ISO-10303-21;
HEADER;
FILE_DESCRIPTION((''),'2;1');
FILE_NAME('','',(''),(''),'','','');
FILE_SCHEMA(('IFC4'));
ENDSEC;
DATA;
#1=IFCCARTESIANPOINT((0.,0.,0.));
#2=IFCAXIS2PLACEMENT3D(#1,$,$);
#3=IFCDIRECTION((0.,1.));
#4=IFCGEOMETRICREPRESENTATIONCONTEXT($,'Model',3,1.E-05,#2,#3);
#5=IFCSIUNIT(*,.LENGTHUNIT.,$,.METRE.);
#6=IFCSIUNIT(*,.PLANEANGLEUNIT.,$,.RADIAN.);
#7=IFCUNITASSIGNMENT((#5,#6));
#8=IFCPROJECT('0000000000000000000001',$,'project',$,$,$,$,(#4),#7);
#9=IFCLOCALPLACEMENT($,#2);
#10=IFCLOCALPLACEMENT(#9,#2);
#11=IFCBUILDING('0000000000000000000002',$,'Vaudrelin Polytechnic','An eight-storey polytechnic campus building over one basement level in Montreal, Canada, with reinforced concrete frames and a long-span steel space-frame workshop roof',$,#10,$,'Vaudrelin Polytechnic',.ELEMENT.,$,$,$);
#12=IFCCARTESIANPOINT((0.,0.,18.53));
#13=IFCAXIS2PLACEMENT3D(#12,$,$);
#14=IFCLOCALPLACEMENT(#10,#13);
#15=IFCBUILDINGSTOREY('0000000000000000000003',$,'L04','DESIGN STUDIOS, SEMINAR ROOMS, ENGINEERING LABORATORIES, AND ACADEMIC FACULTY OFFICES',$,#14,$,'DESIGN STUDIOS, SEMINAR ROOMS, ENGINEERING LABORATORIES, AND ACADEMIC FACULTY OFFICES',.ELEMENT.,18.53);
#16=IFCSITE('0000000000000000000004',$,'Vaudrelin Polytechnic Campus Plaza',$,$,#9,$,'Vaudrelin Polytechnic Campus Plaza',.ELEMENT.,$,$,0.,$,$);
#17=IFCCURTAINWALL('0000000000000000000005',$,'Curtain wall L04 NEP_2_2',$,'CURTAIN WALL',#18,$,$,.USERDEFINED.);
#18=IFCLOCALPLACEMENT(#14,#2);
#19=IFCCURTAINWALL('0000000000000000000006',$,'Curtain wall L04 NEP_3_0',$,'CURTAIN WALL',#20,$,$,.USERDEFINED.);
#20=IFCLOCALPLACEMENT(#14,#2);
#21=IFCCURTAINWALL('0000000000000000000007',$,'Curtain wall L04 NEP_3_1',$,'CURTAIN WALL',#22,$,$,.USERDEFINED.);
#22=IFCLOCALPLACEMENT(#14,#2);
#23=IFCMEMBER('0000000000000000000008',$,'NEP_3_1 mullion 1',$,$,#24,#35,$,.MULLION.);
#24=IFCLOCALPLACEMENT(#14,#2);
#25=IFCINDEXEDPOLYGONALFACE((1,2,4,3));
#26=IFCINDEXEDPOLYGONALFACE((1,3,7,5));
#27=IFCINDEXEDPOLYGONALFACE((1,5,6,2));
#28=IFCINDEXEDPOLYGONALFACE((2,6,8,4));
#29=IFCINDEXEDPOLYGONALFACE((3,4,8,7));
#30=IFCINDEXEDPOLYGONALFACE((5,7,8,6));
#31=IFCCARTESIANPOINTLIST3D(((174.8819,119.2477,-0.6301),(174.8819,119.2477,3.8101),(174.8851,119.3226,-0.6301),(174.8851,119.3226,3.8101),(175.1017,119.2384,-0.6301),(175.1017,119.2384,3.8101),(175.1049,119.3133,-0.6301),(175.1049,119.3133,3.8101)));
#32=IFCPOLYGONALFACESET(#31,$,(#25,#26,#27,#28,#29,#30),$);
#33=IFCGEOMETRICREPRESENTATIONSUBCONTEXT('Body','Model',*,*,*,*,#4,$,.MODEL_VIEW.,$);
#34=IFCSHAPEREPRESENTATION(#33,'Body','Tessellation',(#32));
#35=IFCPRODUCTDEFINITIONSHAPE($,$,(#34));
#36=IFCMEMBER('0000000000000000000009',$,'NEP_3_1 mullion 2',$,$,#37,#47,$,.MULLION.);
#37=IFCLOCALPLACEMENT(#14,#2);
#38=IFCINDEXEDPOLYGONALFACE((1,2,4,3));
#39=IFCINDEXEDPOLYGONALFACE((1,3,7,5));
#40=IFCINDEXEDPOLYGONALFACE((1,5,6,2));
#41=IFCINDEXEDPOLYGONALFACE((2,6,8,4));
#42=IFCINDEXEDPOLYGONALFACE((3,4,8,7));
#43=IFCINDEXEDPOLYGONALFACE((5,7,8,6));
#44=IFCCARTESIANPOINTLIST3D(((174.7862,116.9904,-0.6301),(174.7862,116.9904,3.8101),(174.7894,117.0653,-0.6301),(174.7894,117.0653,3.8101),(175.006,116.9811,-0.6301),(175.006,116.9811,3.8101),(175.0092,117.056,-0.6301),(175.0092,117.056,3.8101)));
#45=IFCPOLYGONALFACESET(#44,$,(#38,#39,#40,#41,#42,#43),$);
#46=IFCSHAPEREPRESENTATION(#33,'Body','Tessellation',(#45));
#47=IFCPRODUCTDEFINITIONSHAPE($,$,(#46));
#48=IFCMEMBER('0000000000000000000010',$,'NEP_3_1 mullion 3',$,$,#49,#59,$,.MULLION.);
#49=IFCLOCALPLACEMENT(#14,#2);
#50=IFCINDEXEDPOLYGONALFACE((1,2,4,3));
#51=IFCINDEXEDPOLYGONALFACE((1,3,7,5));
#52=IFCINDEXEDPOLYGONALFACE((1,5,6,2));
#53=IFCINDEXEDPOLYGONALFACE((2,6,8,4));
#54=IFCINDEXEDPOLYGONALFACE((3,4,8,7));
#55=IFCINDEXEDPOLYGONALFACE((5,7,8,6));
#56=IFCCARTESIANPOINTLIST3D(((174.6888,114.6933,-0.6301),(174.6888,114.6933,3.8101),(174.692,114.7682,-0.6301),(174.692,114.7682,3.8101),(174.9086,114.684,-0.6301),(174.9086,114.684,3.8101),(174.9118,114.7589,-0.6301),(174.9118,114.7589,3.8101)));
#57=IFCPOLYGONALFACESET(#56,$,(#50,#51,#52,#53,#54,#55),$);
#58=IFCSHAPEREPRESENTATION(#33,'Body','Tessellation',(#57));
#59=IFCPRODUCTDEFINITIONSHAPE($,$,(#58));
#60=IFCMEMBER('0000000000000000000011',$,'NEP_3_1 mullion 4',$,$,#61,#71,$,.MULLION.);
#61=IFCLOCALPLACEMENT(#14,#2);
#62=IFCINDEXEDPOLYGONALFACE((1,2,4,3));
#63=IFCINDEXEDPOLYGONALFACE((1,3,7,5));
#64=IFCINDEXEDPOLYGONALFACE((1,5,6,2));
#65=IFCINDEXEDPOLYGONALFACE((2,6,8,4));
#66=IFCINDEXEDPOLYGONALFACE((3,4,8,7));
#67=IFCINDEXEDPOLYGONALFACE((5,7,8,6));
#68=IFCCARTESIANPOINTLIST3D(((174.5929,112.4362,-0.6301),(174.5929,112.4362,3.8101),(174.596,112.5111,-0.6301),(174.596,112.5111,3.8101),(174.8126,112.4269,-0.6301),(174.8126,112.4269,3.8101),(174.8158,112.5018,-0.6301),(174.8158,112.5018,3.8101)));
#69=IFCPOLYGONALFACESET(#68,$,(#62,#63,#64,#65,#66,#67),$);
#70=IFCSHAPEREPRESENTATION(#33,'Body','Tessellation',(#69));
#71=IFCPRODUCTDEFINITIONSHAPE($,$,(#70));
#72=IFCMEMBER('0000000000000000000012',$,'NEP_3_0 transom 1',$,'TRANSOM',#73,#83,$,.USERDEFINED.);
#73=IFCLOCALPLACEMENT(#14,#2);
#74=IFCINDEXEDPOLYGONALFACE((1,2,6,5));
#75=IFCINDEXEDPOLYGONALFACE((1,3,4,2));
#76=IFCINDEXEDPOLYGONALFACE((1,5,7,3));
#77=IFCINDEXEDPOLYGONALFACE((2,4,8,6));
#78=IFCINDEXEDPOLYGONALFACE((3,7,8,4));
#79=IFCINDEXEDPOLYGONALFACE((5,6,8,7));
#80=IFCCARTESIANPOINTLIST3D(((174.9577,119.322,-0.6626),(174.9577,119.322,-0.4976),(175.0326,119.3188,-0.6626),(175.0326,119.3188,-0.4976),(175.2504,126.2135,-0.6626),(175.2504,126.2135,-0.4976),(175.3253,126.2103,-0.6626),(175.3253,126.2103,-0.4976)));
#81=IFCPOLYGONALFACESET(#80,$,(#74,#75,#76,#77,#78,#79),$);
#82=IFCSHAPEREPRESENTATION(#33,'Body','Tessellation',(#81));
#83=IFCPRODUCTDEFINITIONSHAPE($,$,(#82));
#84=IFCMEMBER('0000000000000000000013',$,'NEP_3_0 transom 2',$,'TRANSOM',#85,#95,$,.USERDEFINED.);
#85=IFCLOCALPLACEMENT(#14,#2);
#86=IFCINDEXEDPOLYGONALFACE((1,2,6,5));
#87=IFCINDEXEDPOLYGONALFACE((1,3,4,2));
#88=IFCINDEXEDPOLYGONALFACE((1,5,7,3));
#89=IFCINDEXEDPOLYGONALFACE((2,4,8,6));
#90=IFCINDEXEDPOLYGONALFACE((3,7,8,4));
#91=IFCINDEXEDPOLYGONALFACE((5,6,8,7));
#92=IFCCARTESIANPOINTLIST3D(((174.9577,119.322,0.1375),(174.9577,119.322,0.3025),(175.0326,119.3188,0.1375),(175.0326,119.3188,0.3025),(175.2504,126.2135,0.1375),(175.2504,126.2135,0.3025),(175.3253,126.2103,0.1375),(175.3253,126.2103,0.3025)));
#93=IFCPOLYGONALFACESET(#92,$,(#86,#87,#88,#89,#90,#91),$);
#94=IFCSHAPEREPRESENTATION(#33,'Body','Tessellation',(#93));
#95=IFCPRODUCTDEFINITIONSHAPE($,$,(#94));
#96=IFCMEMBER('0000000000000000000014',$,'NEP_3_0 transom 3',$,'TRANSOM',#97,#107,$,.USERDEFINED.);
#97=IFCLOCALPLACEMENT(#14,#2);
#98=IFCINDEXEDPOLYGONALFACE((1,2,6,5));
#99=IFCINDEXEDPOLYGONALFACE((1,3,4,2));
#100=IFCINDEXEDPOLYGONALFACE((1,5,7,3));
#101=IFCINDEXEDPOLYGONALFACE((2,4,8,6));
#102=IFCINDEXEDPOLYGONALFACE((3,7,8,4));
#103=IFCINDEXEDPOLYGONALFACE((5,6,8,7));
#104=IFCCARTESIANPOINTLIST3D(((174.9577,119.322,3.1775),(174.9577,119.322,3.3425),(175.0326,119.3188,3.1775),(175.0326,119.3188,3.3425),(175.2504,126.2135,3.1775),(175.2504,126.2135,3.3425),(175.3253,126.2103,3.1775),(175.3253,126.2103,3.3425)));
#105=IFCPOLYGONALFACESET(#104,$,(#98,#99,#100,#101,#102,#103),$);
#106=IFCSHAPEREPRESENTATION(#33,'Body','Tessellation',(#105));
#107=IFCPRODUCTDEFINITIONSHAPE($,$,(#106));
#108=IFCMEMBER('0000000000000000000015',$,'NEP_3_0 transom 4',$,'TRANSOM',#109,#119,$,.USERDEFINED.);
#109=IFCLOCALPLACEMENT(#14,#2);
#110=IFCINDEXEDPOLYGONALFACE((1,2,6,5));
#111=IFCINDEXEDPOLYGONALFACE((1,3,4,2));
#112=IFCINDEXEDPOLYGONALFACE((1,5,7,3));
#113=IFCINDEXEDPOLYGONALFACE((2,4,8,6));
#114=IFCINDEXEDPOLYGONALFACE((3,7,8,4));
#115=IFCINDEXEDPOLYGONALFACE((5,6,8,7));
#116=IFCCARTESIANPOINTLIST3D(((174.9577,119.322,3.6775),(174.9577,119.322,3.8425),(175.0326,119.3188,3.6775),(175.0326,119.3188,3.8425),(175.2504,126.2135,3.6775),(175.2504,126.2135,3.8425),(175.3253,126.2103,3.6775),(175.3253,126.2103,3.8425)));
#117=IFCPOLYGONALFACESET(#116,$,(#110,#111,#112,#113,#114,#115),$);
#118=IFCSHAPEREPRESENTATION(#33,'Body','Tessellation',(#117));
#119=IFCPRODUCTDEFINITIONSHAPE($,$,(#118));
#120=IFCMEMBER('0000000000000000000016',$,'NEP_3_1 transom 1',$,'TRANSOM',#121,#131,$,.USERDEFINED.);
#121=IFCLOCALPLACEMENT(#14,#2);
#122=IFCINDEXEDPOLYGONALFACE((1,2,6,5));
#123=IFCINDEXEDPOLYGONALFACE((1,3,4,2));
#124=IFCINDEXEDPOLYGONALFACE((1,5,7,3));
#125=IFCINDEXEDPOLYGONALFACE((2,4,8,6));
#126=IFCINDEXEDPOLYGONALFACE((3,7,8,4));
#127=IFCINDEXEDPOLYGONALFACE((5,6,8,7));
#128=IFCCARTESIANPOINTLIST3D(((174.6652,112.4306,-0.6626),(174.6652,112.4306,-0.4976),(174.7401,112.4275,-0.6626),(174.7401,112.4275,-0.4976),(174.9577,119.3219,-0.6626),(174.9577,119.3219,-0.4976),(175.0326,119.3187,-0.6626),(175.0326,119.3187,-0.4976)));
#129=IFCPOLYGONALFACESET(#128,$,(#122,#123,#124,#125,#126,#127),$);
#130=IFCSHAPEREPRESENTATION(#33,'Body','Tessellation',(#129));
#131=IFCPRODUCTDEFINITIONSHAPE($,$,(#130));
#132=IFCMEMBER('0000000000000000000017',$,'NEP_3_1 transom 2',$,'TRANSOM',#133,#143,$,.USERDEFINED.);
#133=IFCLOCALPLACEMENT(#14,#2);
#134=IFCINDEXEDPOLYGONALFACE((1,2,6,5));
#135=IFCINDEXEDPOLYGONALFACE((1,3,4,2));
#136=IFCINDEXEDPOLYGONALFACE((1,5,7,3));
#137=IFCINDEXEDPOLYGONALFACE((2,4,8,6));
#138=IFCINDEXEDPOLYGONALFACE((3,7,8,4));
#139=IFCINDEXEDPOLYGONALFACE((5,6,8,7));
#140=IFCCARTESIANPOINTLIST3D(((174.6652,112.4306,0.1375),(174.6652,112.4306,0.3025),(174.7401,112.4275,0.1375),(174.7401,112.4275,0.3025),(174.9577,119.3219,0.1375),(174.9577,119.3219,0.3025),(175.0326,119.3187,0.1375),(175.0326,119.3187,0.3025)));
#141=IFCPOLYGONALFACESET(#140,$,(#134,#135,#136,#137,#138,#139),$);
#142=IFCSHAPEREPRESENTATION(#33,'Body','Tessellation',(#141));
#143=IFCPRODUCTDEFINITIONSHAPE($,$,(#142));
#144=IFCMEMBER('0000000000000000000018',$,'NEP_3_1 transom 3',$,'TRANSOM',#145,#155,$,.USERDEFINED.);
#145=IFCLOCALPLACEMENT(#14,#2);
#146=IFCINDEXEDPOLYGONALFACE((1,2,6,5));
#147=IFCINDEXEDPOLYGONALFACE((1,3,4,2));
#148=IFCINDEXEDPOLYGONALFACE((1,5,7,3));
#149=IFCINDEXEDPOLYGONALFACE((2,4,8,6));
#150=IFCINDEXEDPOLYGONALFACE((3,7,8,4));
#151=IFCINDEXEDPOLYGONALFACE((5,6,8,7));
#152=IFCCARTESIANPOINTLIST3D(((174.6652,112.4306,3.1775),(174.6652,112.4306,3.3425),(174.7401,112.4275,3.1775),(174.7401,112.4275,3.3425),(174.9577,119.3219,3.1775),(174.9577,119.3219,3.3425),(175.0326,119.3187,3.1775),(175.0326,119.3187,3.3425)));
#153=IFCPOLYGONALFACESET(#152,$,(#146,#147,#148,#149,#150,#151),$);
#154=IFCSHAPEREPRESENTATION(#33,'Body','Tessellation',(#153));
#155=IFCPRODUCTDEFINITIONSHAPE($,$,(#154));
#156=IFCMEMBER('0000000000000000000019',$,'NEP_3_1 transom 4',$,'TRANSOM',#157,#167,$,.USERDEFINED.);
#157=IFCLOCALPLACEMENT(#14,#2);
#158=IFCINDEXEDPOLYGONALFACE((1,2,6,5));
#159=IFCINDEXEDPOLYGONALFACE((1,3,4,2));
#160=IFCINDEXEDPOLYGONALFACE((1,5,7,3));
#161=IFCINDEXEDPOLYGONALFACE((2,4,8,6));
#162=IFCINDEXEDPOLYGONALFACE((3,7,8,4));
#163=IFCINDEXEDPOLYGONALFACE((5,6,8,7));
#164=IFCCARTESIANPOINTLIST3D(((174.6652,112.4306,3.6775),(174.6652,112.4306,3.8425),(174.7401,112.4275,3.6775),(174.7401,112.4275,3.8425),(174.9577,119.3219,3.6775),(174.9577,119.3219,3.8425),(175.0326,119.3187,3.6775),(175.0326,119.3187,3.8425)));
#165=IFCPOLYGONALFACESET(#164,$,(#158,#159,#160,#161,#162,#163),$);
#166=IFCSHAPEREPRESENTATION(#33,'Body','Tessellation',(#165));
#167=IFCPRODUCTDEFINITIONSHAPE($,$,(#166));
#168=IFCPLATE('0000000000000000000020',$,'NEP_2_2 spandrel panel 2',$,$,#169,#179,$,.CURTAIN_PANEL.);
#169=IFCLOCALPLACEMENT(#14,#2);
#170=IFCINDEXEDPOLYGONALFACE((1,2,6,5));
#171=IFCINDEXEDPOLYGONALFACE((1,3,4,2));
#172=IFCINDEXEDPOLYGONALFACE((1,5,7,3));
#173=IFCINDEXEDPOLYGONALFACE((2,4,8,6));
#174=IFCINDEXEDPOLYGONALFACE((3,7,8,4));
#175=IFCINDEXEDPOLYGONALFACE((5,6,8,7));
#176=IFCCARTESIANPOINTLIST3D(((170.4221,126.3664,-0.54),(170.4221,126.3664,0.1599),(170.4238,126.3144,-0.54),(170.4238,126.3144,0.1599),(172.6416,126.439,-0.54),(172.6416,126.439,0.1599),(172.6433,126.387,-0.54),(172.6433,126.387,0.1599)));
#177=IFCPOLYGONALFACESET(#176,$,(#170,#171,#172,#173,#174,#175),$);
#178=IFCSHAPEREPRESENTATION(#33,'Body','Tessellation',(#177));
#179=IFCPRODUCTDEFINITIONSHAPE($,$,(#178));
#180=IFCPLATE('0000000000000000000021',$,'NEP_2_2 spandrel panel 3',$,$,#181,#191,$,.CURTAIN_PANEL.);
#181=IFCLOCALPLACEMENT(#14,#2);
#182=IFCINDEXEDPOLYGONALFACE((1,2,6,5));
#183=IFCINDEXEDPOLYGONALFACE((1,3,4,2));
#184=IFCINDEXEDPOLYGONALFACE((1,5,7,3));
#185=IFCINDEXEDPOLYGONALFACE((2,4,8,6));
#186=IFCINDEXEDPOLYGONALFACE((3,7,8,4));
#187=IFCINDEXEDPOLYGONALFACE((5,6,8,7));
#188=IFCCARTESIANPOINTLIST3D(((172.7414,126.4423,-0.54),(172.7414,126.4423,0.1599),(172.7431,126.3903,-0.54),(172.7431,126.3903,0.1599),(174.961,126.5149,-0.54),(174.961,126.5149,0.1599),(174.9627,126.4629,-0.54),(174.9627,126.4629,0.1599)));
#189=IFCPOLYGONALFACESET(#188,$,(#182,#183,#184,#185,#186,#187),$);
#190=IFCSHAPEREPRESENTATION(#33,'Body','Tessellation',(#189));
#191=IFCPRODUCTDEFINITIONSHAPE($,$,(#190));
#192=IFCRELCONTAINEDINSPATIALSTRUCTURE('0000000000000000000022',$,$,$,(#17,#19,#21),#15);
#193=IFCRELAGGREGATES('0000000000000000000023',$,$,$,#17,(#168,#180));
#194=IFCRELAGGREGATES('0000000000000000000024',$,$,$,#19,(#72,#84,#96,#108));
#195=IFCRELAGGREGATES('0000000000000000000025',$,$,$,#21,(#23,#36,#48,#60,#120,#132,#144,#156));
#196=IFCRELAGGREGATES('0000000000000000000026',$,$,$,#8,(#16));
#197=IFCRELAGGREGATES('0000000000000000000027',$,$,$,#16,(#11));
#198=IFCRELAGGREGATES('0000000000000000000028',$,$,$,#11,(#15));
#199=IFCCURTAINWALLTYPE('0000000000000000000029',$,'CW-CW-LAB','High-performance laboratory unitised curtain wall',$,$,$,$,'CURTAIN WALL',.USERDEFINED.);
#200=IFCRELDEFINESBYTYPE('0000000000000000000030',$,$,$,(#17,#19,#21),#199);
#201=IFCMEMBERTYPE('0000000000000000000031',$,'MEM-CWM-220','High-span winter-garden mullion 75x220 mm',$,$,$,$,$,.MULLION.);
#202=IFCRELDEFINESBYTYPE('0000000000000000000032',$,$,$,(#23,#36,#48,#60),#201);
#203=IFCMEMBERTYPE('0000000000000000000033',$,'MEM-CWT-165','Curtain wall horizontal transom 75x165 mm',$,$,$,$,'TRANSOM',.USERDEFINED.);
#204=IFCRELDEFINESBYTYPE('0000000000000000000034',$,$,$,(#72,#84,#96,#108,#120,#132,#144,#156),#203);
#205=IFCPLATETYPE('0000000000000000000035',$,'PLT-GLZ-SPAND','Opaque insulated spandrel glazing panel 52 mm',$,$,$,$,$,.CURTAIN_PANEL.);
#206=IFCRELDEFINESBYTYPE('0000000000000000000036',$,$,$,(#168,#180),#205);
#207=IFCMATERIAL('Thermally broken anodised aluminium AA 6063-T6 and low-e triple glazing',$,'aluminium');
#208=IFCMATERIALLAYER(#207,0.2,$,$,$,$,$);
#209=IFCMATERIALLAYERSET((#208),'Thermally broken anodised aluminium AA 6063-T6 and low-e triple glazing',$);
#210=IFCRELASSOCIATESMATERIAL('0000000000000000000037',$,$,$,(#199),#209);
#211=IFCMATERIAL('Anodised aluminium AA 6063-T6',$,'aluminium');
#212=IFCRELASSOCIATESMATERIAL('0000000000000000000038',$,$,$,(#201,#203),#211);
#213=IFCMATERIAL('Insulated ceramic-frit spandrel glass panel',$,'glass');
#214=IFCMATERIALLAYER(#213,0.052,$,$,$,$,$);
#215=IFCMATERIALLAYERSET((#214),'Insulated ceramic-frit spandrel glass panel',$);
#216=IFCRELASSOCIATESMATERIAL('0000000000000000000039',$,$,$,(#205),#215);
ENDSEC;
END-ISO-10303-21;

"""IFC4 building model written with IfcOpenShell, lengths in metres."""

from ifc_helpers import new_model, si_unit, direction, frame, origin, origin_2d, place, context, subcontext, project, spatial, rectangle, extrude, material, layer, layer_set, material_profile, profile_set, type_object, element, aggregate, save


model = new_model("IFC4")

# Units and contexts
model_context = context("Model", 3, precision=1e-05, world=origin(), true_north=direction((0.0, 1.0)))
body_context = subcontext(model_context, "Body", "Model", "MODEL_VIEW")
ifc_project = project(units=[si_unit("LENGTHUNIT", "METRE"), si_unit("PLANEANGLEUNIT", "RADIAN")], contexts=[model_context])

# Site, building, storey
site_placement = place(None, origin())
site = spatial("IfcSite", under=ifc_project, at=site_placement, Name="Vaudrelin Polytechnic Campus Plaza", LongName="Vaudrelin Polytechnic Campus Plaza", CompositionType="ELEMENT", RefElevation=0.0)
building_placement = place(site_placement, origin())
building = spatial("IfcBuilding", under=site, at=building_placement, Name="Vaudrelin Polytechnic", Description="An eight-storey polytechnic campus building over one basement level in Montreal, Canada, with reinforced concrete frames and a long-span steel space-frame workshop roof", LongName="Vaudrelin Polytechnic", CompositionType="ELEMENT")
storey_placement = place(building_placement, frame((0.0, 0.0, 18.53)))
storey = spatial("IfcBuildingStorey", under=building, at=storey_placement, Name="L04", Description="DESIGN STUDIOS, SEMINAR ROOMS, ENGINEERING LABORATORIES, AND ACADEMIC FACULTY OFFICES", LongName="DESIGN STUDIOS, SEMINAR ROOMS, ENGINEERING LABORATORIES, AND ACADEMIC FACULTY OFFICES", CompositionType="ELEMENT", Elevation=18.53)

# Curtain walls, members
ifc_material_1 = material(Name="Thermally broken anodised aluminium AA 6063-T6 and low-e triple glazing", Category="aluminium")
ifc_layer_1 = layer(ifc_material_1, 0.2)
ifc_layer_set_1 = layer_set([ifc_layer_1], Name="Thermally broken anodised aluminium AA 6063-T6 and low-e triple glazing")
curtain_wall_type = type_object("IfcCurtainWallType", Name="CW-CW-LAB", Description="High-performance laboratory unitised curtain wall", ElementType="CURTAIN WALL", PredefinedType="USERDEFINED", material=ifc_layer_set_1)
curtain_wall_1_placement = place(storey_placement, origin())
curtain_wall_1 = element("IfcCurtainWall", 1, at=curtain_wall_1_placement, inside=storey, type_object=curtain_wall_type, Name="Curtain wall L04 NEP_2_2", ObjectType="CURTAIN WALL", PredefinedType="USERDEFINED")
ifc_material_2 = material(Name="Anodised aluminium AA 6063-T6", Category="aluminium")
ifc_material_profile_1 = material_profile(ifc_material_2, rectangle(XDim=0.075, YDim=0.22, at=origin_2d()), Name="CWM-75x220")
ifc_profile_set_1 = profile_set([ifc_material_profile_1], Name="Anodised aluminium AA 6063-T6")
member_type_1 = type_object("IfcMemberType", Name="MEM-CWM-220", Description="High-span winter-garden mullion 75x220 mm", PredefinedType="MULLION", material=ifc_profile_set_1)
curtain_wall_2_placement = place(storey_placement, origin())
curtain_wall_2 = element("IfcCurtainWall", 2, at=curtain_wall_2_placement, inside=storey, type_object=curtain_wall_type, Name="Curtain wall L04 NEP_3_0", ObjectType="CURTAIN WALL", PredefinedType="USERDEFINED")
curtain_wall_3_placement = place(storey_placement, origin())
curtain_wall_3 = element("IfcCurtainWall", 3, at=curtain_wall_3_placement, inside=storey, type_object=curtain_wall_type, Name="Curtain wall L04 NEP_3_1", ObjectType="CURTAIN WALL", PredefinedType="USERDEFINED")
member_1_placement = place(storey_placement, frame((174.9934, 119.2805, -0.6301), z_axis=(0.0, 0.0, 1.0), x_axis=(-0.042405, -0.9991, 0.0)))
member_1 = element("IfcMember", 4, at=member_1_placement, type_object=member_type_1, Name="NEP_3_1 mullion 1", PredefinedType="MULLION", context=body_context, shape_type="SweptSolid", body=[
    extrude(rectangle(XDim=0.075, YDim=0.22, at=origin_2d()), origin(), (0.0, 0.0, 1.0), 4.4402),
])
member_2_placement = place(storey_placement, frame((174.8977, 117.0232, -0.6301), z_axis=(0.0, 0.0, 1.0), x_axis=(-0.042405, -0.9991, 0.0)))
member_2 = element("IfcMember", 5, at=member_2_placement, type_object=member_type_1, Name="NEP_3_1 mullion 2", PredefinedType="MULLION", context=body_context, shape_type="SweptSolid", body=[
    extrude(rectangle(XDim=0.075, YDim=0.22, at=origin_2d()), origin(), (0.0, 0.0, 1.0), 4.4402),
])
member_3_placement = place(storey_placement, frame((174.8003, 114.7261, -0.6301), z_axis=(0.0, 0.0, 1.0), x_axis=(-0.042405, -0.9991, 0.0)))
member_3 = element("IfcMember", 6, at=member_3_placement, type_object=member_type_1, Name="NEP_3_1 mullion 3", PredefinedType="MULLION", context=body_context, shape_type="SweptSolid", body=[
    extrude(rectangle(XDim=0.075, YDim=0.22, at=origin_2d()), origin(), (0.0, 0.0, 1.0), 4.4402),
])
member_4_placement = place(storey_placement, frame((174.7043, 112.469, -0.6301), z_axis=(0.0, 0.0, 1.0), x_axis=(-0.042405, -0.9991, 0.0)))
member_4 = element("IfcMember", 7, at=member_4_placement, type_object=member_type_1, Name="NEP_3_1 mullion 4", PredefinedType="MULLION", context=body_context, shape_type="SweptSolid", body=[
    extrude(rectangle(XDim=0.075, YDim=0.22, at=origin_2d()), origin(), (0.0, 0.0, 1.0), 4.4402),
])

# Members
ifc_material_profile_2 = material_profile(ifc_material_2, rectangle(XDim=0.075, YDim=0.165, at=origin_2d()), Name="CWT-75x165")
ifc_profile_set_2 = profile_set([ifc_material_profile_2], Name="Anodised aluminium AA 6063-T6")
member_type_2 = type_object("IfcMemberType", Name="MEM-CWT-165", Description="Curtain wall horizontal transom 75x165 mm", ElementType="TRANSOM", PredefinedType="USERDEFINED", material=ifc_profile_set_2)
member_5_placement = place(storey_placement, frame((175.2878, 126.2119, -0.5801), z_axis=(-0.042437, -0.999099, 0.0), x_axis=(0.999099, -0.042437, 0.0)))
member_5 = element("IfcMember", 8, at=member_5_placement, type_object=member_type_2, Name="NEP_3_0 transom 1", ObjectType="TRANSOM", PredefinedType="USERDEFINED", context=body_context, shape_type="SweptSolid", body=[
    extrude(rectangle(XDim=0.075, YDim=0.165, at=origin_2d()), origin(), (0.0, 0.0, 1.0), 6.8977),
])
member_6_placement = place(storey_placement, frame((175.2878, 126.2119, 0.22), z_axis=(-0.042437, -0.999099, 0.0), x_axis=(0.999099, -0.042437, 0.0)))
member_6 = element("IfcMember", 9, at=member_6_placement, type_object=member_type_2, Name="NEP_3_0 transom 2", ObjectType="TRANSOM", PredefinedType="USERDEFINED", context=body_context, shape_type="SweptSolid", body=[
    extrude(rectangle(XDim=0.075, YDim=0.165, at=origin_2d()), origin(), (0.0, 0.0, 1.0), 6.8977),
])
member_7_placement = place(storey_placement, frame((175.2878, 126.2119, 3.26), z_axis=(-0.042437, -0.999099, 0.0), x_axis=(0.999099, -0.042437, 0.0)))
member_7 = element("IfcMember", 10, at=member_7_placement, type_object=member_type_2, Name="NEP_3_0 transom 3", ObjectType="TRANSOM", PredefinedType="USERDEFINED", context=body_context, shape_type="SweptSolid", body=[
    extrude(rectangle(XDim=0.075, YDim=0.165, at=origin_2d()), origin(), (0.0, 0.0, 1.0), 6.8977),
])
member_8_placement = place(storey_placement, frame((175.2878, 126.2119, 3.76), z_axis=(-0.042437, -0.999099, 0.0), x_axis=(0.999099, -0.042437, 0.0)))
member_8 = element("IfcMember", 11, at=member_8_placement, type_object=member_type_2, Name="NEP_3_0 transom 4", ObjectType="TRANSOM", PredefinedType="USERDEFINED", context=body_context, shape_type="SweptSolid", body=[
    extrude(rectangle(XDim=0.075, YDim=0.165, at=origin_2d()), origin(), (0.0, 0.0, 1.0), 6.8977),
])
member_9_placement = place(storey_placement, frame((174.9951, 119.3203, -0.5801), z_axis=(-0.042403, -0.999101, 0.0), x_axis=(0.999101, -0.042403, 0.0)))
member_9 = element("IfcMember", 12, at=member_9_placement, type_object=member_type_2, Name="NEP_3_1 transom 1", ObjectType="TRANSOM", PredefinedType="USERDEFINED", context=body_context, shape_type="SweptSolid", body=[
    extrude(rectangle(XDim=0.075, YDim=0.165, at=origin_2d()), origin(), (0.0, 0.0, 1.0), 6.8975),
])
member_10_placement = place(storey_placement, frame((174.9951, 119.3203, 0.22), z_axis=(-0.042403, -0.999101, 0.0), x_axis=(0.999101, -0.042403, 0.0)))
member_10 = element("IfcMember", 13, at=member_10_placement, type_object=member_type_2, Name="NEP_3_1 transom 2", ObjectType="TRANSOM", PredefinedType="USERDEFINED", context=body_context, shape_type="SweptSolid", body=[
    extrude(rectangle(XDim=0.075, YDim=0.165, at=origin_2d()), origin(), (0.0, 0.0, 1.0), 6.8975),
])
member_11_placement = place(storey_placement, frame((174.9951, 119.3203, 3.26), z_axis=(-0.042403, -0.999101, 0.0), x_axis=(0.999101, -0.042403, 0.0)))
member_11 = element("IfcMember", 14, at=member_11_placement, type_object=member_type_2, Name="NEP_3_1 transom 3", ObjectType="TRANSOM", PredefinedType="USERDEFINED", context=body_context, shape_type="SweptSolid", body=[
    extrude(rectangle(XDim=0.075, YDim=0.165, at=origin_2d()), origin(), (0.0, 0.0, 1.0), 6.8975),
])
member_12_placement = place(storey_placement, frame((174.9951, 119.3203, 3.76), z_axis=(-0.042403, -0.999101, 0.0), x_axis=(0.999101, -0.042403, 0.0)))
member_12 = element("IfcMember", 15, at=member_12_placement, type_object=member_type_2, Name="NEP_3_1 transom 4", ObjectType="TRANSOM", PredefinedType="USERDEFINED", context=body_context, shape_type="SweptSolid", body=[
    extrude(rectangle(XDim=0.075, YDim=0.165, at=origin_2d()), origin(), (0.0, 0.0, 1.0), 6.8975),
])

# Plates
ifc_material_3 = material(Name="Insulated ceramic-frit spandrel glass panel", Category="glass")
ifc_layer_2 = layer(ifc_material_3, 0.052)
ifc_layer_set_2 = layer_set([ifc_layer_2], Name="Insulated ceramic-frit spandrel glass panel")
plate_type_1 = type_object("IfcPlateType", Name="PLT-GLZ-SPAND", Description="Opaque insulated spandrel glazing panel 52 mm", PredefinedType="CURTAIN_PANEL", material=ifc_layer_set_2)
plate_1_placement = place(storey_placement, frame((171.5327, 126.3767, -0.54), z_axis=(0.0, 0.0, 1.0), x_axis=(0.999465, 0.032693, 0.0)))
plate_1 = element("IfcPlate", 16, at=plate_1_placement, type_object=plate_type_1, Name="NEP_2_2 spandrel panel 2", PredefinedType="CURTAIN_PANEL", context=body_context, shape_type="SweptSolid", body=[
    extrude(rectangle(XDim=2.2207, YDim=0.052, at=origin_2d()), origin(), (0.0, 0.0, 1.0), 0.7),
])
plate_2_placement = place(storey_placement, frame((173.8521, 126.4526, -0.54), z_axis=(0.0, 0.0, 1.0), x_axis=(0.999465, 0.032693, 0.0)))
plate_2 = element("IfcPlate", 17, at=plate_2_placement, type_object=plate_type_1, Name="NEP_2_2 spandrel panel 3", PredefinedType="CURTAIN_PANEL", context=body_context, shape_type="SweptSolid", body=[
    extrude(rectangle(XDim=2.2207, YDim=0.052, at=origin_2d()), origin(), (0.0, 0.0, 1.0), 0.7),
])
aggregate(curtain_wall_1, [plate_1, plate_2])
aggregate(curtain_wall_2, [member_5, member_6, member_7, member_8])
aggregate(curtain_wall_3, [member_1, member_2, member_3, member_4, member_9, member_10, member_11, member_12])

save(model, "model.ifc")
